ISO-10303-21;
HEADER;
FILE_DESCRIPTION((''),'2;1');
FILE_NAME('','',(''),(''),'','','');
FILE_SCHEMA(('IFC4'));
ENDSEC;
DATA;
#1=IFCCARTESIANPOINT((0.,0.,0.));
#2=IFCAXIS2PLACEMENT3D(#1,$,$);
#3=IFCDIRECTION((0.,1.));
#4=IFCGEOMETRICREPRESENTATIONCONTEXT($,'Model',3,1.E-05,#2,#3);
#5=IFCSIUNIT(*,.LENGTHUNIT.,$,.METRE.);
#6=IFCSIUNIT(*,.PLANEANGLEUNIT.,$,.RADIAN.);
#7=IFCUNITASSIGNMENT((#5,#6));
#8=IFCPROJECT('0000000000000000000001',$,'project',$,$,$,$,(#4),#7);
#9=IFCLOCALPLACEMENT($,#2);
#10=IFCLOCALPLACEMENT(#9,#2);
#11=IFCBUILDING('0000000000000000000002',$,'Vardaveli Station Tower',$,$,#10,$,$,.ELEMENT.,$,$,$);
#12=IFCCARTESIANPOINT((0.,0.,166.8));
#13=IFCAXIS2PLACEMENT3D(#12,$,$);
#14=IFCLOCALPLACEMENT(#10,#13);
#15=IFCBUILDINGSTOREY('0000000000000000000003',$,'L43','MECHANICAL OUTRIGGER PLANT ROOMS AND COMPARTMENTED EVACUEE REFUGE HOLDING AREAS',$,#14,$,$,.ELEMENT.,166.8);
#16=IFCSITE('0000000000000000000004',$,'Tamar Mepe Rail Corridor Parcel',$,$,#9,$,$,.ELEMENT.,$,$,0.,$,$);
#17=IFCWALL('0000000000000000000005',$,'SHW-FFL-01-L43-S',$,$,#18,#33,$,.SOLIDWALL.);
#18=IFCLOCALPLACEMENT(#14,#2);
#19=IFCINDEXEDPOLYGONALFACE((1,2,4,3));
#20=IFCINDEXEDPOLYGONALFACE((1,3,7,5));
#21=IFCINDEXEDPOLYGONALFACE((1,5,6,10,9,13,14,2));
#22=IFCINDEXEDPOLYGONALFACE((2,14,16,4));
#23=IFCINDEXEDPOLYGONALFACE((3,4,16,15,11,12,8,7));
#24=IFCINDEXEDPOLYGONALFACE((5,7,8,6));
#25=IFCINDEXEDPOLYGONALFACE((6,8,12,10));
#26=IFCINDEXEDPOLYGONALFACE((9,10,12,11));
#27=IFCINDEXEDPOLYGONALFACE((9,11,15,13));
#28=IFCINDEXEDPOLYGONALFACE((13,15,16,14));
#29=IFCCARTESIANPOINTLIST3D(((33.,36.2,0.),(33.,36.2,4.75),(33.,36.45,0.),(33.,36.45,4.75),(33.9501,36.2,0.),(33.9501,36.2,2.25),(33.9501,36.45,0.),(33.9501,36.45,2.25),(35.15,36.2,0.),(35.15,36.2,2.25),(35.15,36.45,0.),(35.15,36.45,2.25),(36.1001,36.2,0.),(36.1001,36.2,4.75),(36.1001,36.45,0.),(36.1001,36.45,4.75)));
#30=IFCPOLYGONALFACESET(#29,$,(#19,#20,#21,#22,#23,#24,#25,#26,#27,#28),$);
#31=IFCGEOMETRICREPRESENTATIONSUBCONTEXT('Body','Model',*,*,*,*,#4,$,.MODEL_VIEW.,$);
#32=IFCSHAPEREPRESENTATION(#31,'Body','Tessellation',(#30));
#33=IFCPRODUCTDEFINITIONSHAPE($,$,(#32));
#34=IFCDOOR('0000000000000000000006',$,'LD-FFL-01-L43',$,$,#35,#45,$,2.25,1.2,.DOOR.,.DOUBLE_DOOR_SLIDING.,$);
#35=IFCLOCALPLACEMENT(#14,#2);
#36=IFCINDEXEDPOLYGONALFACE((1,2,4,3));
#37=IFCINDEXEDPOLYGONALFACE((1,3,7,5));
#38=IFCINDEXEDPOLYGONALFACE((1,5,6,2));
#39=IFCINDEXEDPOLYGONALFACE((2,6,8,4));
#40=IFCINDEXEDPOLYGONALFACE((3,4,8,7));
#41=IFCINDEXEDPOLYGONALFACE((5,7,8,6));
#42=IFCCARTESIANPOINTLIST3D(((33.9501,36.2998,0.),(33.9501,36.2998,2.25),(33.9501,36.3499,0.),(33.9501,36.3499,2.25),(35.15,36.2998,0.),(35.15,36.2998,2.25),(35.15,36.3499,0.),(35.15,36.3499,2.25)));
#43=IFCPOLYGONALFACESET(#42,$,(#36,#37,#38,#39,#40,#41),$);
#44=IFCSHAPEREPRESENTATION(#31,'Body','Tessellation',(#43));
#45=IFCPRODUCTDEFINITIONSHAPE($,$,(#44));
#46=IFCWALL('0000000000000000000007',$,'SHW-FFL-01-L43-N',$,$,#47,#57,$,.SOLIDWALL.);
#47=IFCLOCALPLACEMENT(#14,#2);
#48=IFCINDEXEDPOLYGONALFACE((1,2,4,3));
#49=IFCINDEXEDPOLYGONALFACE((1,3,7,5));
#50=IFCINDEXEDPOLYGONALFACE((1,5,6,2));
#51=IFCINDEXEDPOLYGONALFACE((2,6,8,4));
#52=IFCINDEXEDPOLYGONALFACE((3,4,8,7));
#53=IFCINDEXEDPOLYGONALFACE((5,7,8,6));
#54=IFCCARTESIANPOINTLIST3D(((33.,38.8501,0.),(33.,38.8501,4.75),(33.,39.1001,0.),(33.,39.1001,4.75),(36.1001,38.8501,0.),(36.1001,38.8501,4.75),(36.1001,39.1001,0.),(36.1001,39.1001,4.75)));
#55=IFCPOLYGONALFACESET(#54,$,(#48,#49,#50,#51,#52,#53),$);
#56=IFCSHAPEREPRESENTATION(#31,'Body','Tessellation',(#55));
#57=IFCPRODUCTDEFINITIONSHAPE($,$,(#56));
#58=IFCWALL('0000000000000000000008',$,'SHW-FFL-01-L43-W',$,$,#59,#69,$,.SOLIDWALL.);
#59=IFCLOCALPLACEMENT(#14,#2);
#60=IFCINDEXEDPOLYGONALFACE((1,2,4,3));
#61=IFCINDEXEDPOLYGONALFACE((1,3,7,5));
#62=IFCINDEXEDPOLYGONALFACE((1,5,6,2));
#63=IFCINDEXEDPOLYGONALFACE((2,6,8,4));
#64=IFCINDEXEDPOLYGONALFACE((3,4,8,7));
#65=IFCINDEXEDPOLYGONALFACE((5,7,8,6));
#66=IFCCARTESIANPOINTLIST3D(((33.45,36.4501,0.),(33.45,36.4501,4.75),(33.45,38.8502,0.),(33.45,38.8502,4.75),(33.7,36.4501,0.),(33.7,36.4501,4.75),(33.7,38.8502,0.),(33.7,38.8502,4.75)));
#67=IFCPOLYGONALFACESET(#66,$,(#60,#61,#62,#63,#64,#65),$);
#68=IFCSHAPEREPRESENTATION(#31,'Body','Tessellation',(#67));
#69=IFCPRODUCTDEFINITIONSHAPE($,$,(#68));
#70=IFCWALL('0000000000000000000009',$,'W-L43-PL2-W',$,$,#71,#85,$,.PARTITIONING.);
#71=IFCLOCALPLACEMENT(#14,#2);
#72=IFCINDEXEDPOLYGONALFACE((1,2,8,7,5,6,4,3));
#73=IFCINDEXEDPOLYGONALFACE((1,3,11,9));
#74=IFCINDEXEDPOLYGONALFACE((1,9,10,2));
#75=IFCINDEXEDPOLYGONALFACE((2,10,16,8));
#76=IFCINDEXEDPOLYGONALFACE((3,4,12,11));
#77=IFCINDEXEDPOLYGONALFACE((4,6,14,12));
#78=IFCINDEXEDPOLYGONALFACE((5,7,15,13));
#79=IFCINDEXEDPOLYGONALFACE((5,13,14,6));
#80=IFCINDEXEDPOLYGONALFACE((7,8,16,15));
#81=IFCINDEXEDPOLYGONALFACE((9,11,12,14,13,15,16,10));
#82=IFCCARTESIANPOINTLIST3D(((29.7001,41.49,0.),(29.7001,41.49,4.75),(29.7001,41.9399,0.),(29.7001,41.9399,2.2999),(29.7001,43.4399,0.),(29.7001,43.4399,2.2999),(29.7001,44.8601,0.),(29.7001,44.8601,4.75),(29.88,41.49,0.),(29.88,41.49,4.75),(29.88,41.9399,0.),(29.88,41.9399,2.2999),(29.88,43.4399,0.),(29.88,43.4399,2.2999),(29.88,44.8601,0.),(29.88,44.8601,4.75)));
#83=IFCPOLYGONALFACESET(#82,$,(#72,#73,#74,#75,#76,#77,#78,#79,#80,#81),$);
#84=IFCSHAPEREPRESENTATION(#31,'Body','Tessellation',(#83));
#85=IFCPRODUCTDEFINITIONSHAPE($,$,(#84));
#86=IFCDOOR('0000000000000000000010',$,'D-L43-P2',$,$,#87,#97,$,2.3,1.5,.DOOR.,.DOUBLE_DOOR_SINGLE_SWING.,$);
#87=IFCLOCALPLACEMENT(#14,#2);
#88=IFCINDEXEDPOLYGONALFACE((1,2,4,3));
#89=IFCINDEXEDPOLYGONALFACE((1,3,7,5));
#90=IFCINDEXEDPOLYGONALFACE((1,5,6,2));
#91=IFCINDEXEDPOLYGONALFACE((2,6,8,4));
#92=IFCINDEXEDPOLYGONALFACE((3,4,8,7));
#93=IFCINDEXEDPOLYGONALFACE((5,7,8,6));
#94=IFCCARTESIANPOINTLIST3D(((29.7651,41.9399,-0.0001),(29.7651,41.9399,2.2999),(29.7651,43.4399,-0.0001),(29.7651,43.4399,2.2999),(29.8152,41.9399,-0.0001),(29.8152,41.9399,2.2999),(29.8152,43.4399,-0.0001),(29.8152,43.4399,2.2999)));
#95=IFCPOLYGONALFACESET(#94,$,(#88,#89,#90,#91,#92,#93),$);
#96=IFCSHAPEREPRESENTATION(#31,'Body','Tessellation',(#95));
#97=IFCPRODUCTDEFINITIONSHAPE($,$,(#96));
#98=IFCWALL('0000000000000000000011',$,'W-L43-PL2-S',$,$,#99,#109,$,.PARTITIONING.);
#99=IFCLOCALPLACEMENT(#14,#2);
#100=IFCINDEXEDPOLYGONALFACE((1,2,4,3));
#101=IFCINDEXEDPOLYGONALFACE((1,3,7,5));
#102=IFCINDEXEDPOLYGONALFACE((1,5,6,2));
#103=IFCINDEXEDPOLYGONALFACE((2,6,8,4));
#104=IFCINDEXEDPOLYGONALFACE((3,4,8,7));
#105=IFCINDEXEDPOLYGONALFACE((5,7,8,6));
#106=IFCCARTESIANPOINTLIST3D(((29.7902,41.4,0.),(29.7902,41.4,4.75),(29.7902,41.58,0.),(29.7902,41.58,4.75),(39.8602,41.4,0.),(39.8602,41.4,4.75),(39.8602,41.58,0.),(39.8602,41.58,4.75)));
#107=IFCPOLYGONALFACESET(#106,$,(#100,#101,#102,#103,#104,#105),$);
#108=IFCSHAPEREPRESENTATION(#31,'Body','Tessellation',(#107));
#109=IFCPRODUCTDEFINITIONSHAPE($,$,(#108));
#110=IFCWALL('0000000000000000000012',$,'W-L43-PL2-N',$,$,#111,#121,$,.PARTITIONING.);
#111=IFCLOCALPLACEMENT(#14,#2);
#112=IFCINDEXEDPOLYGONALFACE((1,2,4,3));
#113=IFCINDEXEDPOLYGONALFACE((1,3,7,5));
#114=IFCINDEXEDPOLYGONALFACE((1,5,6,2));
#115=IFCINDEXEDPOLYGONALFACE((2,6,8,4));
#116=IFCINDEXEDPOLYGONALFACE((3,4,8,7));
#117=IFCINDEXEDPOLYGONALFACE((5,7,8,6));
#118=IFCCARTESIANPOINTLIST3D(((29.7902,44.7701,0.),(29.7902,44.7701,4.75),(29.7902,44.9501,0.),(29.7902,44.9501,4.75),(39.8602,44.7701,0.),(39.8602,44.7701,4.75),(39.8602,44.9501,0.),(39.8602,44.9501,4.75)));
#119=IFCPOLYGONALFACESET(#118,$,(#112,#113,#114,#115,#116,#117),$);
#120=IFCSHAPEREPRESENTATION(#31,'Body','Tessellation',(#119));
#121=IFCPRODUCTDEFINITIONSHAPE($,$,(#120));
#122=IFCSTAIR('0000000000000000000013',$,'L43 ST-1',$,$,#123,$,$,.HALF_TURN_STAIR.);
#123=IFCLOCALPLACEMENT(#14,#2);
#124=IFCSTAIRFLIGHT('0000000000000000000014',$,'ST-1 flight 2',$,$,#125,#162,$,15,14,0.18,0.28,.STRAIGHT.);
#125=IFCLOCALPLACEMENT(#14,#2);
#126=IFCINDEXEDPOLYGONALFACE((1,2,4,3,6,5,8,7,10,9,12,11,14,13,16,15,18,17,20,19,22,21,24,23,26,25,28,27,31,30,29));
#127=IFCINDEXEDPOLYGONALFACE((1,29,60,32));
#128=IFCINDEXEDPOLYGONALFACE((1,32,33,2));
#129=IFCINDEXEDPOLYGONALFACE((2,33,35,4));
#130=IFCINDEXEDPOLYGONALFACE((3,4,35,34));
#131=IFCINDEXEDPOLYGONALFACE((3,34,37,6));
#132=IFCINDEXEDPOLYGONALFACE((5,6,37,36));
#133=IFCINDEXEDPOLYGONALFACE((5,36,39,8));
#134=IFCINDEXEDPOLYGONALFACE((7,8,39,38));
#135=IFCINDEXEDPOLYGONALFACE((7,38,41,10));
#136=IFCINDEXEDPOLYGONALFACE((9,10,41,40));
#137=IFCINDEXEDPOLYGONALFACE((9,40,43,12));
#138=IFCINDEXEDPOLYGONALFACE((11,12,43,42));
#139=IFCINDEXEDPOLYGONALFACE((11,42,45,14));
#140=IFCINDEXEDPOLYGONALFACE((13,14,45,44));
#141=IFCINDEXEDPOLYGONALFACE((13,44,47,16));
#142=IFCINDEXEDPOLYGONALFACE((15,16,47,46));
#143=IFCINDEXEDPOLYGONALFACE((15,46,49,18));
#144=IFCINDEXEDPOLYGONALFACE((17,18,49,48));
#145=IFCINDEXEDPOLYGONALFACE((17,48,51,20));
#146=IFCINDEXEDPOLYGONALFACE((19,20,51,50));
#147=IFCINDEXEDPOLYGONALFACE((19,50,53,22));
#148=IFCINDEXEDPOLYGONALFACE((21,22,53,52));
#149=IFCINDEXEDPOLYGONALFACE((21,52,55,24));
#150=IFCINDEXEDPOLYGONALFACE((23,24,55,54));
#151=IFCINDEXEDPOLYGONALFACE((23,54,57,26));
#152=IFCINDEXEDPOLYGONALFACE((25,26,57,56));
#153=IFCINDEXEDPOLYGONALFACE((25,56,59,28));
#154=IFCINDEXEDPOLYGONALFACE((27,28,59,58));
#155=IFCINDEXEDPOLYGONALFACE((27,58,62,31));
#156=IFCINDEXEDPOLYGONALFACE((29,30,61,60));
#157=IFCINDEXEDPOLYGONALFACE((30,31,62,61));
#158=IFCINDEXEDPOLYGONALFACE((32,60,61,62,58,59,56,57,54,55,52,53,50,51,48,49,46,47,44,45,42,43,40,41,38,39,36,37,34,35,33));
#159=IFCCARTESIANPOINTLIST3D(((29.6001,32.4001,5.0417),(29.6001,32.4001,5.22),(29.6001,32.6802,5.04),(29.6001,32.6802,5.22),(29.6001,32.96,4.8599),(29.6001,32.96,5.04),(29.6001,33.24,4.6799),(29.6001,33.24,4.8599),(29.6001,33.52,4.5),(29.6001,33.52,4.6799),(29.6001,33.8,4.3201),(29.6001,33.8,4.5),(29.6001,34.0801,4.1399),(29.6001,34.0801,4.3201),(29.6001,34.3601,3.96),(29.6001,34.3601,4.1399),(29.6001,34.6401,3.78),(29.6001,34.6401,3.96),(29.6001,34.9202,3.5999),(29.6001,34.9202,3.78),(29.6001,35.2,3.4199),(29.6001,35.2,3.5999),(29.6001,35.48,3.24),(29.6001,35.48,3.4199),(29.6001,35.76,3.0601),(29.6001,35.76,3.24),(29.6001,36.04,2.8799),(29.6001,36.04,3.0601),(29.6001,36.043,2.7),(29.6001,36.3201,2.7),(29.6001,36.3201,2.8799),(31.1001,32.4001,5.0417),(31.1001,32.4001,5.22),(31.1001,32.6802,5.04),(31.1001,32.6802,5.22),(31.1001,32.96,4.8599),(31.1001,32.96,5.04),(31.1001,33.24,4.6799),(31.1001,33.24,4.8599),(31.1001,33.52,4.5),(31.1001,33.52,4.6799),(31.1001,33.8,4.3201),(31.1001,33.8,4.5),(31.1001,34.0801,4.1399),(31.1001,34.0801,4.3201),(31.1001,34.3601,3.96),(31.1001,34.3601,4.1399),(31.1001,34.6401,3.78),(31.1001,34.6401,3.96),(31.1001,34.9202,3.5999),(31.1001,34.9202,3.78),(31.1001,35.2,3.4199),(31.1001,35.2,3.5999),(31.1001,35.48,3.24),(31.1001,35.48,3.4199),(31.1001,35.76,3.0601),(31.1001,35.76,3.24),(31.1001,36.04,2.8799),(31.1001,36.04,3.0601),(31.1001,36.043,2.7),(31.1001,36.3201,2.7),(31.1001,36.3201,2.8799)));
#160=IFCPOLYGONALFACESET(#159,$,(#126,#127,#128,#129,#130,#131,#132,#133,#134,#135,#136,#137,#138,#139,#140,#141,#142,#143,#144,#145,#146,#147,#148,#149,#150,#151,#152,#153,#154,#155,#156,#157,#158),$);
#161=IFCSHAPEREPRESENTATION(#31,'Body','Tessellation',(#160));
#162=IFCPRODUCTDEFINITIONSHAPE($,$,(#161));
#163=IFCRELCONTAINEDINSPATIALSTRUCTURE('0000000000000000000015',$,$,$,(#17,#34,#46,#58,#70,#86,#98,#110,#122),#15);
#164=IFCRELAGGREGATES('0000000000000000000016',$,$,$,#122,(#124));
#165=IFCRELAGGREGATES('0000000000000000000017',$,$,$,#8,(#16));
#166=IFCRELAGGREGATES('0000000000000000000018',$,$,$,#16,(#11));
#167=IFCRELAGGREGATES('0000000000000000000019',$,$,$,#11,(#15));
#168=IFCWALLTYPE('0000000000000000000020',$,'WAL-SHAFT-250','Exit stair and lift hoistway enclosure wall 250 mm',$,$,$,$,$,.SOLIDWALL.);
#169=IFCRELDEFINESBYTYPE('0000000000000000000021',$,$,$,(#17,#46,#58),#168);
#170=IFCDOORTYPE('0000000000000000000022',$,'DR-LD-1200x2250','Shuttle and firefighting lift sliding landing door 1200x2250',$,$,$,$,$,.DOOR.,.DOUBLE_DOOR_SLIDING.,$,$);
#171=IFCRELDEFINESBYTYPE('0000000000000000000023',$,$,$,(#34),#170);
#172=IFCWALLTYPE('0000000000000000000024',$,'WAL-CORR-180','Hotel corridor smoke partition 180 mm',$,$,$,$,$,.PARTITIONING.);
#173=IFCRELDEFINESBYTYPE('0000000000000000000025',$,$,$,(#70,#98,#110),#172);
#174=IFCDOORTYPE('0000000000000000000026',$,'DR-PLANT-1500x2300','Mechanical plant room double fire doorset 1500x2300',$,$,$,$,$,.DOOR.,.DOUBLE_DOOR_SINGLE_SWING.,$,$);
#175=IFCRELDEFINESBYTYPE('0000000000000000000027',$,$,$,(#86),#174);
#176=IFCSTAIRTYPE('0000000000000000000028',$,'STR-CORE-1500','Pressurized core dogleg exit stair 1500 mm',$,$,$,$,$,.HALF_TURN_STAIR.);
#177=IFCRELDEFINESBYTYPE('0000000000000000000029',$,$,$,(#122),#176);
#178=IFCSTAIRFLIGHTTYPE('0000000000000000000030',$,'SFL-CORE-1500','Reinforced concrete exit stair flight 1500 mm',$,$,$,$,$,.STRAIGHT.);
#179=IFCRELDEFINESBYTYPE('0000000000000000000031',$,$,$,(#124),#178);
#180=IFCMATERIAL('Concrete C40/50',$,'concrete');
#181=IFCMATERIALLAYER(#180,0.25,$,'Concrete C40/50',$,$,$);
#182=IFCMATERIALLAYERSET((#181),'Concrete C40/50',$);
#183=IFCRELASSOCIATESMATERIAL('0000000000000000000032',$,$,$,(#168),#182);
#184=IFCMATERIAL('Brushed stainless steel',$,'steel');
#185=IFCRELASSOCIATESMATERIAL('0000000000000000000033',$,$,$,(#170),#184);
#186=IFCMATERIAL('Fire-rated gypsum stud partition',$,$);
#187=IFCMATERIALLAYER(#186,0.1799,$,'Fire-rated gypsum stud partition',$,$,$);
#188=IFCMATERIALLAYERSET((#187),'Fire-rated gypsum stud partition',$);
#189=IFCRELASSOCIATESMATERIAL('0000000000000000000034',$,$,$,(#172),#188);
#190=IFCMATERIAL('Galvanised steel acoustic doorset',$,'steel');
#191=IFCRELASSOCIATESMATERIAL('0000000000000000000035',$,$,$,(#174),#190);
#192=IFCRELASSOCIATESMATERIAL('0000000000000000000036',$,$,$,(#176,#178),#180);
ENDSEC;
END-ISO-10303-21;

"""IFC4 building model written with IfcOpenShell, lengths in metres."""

from ifc_helpers import new_model, si_unit, direction, frame, frame_2d, origin, place, context, subcontext, project, spatial, polyline, rectangle, outline, extrude, source, transform, mapped, material, layer, layer_set, type_object, element, fill, aggregate, save


model = new_model("IFC4")

# Units and contexts
model_context = context("Model", 3, precision=1e-05, world=origin(), true_north=direction((0.0, 1.0)))
body_context = subcontext(model_context, "Body", "Model", "MODEL_VIEW")
ifc_project = project(units=[si_unit("LENGTHUNIT", "METRE"), si_unit("PLANEANGLEUNIT", "RADIAN")], contexts=[model_context])

# Site, building, storey
site_placement = place(None, origin())
site = spatial("IfcSite", under=ifc_project, at=site_placement, Name="Tamar Mepe Rail Corridor Parcel", CompositionType="ELEMENT", RefElevation=0.0)
building_placement = place(site_placement, origin())
building = spatial("IfcBuilding", under=site, at=building_placement, Name="Vardaveli Station Tower", CompositionType="ELEMENT")
storey_placement = place(building_placement, frame((0.0, 0.0, 166.8)))
storey = spatial("IfcBuildingStorey", under=building, at=storey_placement, Name="L43", Description="MECHANICAL OUTRIGGER PLANT ROOMS AND COMPARTMENTED EVACUEE REFUGE HOLDING AREAS", CompositionType="ELEMENT", Elevation=166.8)

# Shared definitions
ifc_material_1 = material(Name="Concrete C40/50", Category="concrete")
ifc_layer_1 = layer(ifc_material_1, 0.25, Name="Concrete C40/50")
ifc_layer_set_1 = layer_set([ifc_layer_1], Name="Concrete C40/50")
wall_type_1 = type_object("IfcWallType", Name="WAL-SHAFT-250", Description="Exit stair and lift hoistway enclosure wall 250 mm", PredefinedType="SOLIDWALL", material=ifc_layer_set_1)

# Wall, opening, door
shared_shape_1 = source(origin(), body_context, "Body", "SweptSolid", [
    extrude(rectangle(XDim=3.1001, YDim=0.25, at=frame_2d((1.55, 0.0))), origin(), (0.0, 0.0, 1.0), 4.75),
])
wall_1_placement = place(storey_placement, frame((33.0, 36.325, 0.0), z_axis=(0.0, 0.0, 1.0), x_axis=(1.0, 0.0, 0.0)))
wall_1 = element("IfcWall", 1, at=wall_1_placement, inside=storey, type_object=wall_type_1, Name="SHW-FFL-01-L43-S", PredefinedType="SOLIDWALL", context=body_context, shape_type="MappedRepresentation", body=[
    mapped(shared_shape_1, transform((0.0, 0.0, 0.0), scale=1.0)),
])
shared_shape_2 = source(origin(), body_context, "Body", "SweptSolid", [
    extrude(rectangle(XDim=1.2, YDim=2.25, at=frame_2d((0.6001, 1.125))), frame((0.0, 0.135, 0.0), z_axis=(0.0, -1.0, 0.0), x_axis=(1.0, 0.0, 0.0)), (0.0, 0.0, 1.0), 0.27),
])
opening_1_placement = place(wall_1_placement, frame((0.95, 0.0, 0.0)))
opening_1 = element("IfcOpeningElement", 2, at=opening_1_placement, cuts=wall_1, PredefinedType="OPENING", context=body_context, shape_type="MappedRepresentation", body=[
    mapped(shared_shape_2, transform((0.0, 0.0, 0.0), scale=1.0)),
])
ifc_material_2 = material(Name="Brushed stainless steel", Category="steel")
door_type_1 = type_object("IfcDoorType", Name="DR-LD-1200x2250", Description="Shuttle and firefighting lift sliding landing door 1200x2250", OperationType="DOUBLE_DOOR_SLIDING", PredefinedType="DOOR", material=ifc_material_2)
shared_shape_3 = source(origin(), body_context, "Body", "SweptSolid", [
    extrude(rectangle(XDim=1.2, YDim=2.25, at=frame_2d((0.6001, 1.125))), frame((0.0, 0.0249, 0.0), z_axis=(0.0, -1.0, 0.0), x_axis=(1.0, 0.0, 0.0)), (0.0, 0.0, 1.0), 0.05),
])
door_1_placement = place(opening_1_placement, origin())
door_1 = element("IfcDoor", 3, at=door_1_placement, inside=storey, type_object=door_type_1, Name="LD-FFL-01-L43", OperationType="DOUBLE_DOOR_SLIDING", OverallHeight=2.25, OverallWidth=1.2, PredefinedType="DOOR", context=body_context, shape_type="MappedRepresentation", body=[
    mapped(shared_shape_3, transform((0.0, 0.0, 0.0), scale=1.0)),
])
fill(opening_1, door_1)

# Walls
wall_2_placement = place(storey_placement, frame((33.0, 38.9751, 0.0), z_axis=(0.0, 0.0, 1.0), x_axis=(1.0, 0.0, 0.0)))
element("IfcWall", 4, at=wall_2_placement, inside=storey, type_object=wall_type_1, Name="SHW-FFL-01-L43-N", PredefinedType="SOLIDWALL", context=body_context, shape_type="MappedRepresentation", body=[
    mapped(shared_shape_1, transform((0.0, 0.0, 0.0), scale=1.0)),
])
shared_shape_4 = source(origin(), body_context, "Body", "SweptSolid", [
    extrude(rectangle(XDim=2.4001, YDim=0.25, at=frame_2d((1.2002, 0.0))), origin(), (0.0, 0.0, 1.0), 4.75),
])
wall_3_placement = place(storey_placement, frame((33.575, 36.45, 0.0), z_axis=(0.0, 0.0, 1.0), x_axis=(0.0, 1.0, 0.0)))
element("IfcWall", 5, at=wall_3_placement, inside=storey, type_object=wall_type_1, Name="SHW-FFL-01-L43-W", PredefinedType="SOLIDWALL", context=body_context, shape_type="MappedRepresentation", body=[
    mapped(shared_shape_4, transform((0.0, 0.0, 0.0), scale=1.0)),
])

# Wall, opening, door
ifc_material_3 = material(Name="Fire-rated gypsum stud partition")
ifc_layer_2 = layer(ifc_material_3, 0.1799, Name="Fire-rated gypsum stud partition")
ifc_layer_set_2 = layer_set([ifc_layer_2], Name="Fire-rated gypsum stud partition")
wall_type_2 = type_object("IfcWallType", Name="WAL-CORR-180", Description="Hotel corridor smoke partition 180 mm", PredefinedType="PARTITIONING", material=ifc_layer_set_2)
shared_shape_5 = source(origin(), body_context, "Body", "SweptSolid", [
    extrude(rectangle(XDim=3.3701, YDim=0.1799, at=frame_2d((1.6851, 0.0))), origin(), (0.0, 0.0, 1.0), 4.75),
])
wall_4_placement = place(storey_placement, frame((29.79, 41.49, 0.0), z_axis=(0.0, 0.0, 1.0), x_axis=(0.0, 1.0, 0.0)))
wall_4 = element("IfcWall", 6, at=wall_4_placement, inside=storey, type_object=wall_type_2, Name="W-L43-PL2-W", PredefinedType="PARTITIONING", context=body_context, shape_type="MappedRepresentation", body=[
    mapped(shared_shape_5, transform((0.0, 0.0, 0.0), scale=1.0)),
])
shared_shape_6 = source(origin(), body_context, "Body", "SweptSolid", [
    extrude(rectangle(XDim=1.5, YDim=2.3, at=frame_2d((0.75, 1.1499))), frame((0.0, 0.1001, 0.0), z_axis=(0.0, -1.0, 0.0), x_axis=(1.0, 0.0, 0.0)), (0.0, 0.0, 1.0), 0.2),
])
opening_2_placement = place(wall_4_placement, frame((0.45, 0.0, 0.0)))
opening_2 = element("IfcOpeningElement", 7, at=opening_2_placement, cuts=wall_4, PredefinedType="OPENING", context=body_context, shape_type="MappedRepresentation", body=[
    mapped(shared_shape_6, transform((0.0, 0.0, 0.0), scale=1.0)),
])
ifc_material_4 = material(Name="Galvanised steel acoustic doorset", Category="steel")
door_type_2 = type_object("IfcDoorType", Name="DR-PLANT-1500x2300", Description="Mechanical plant room double fire doorset 1500x2300", OperationType="DOUBLE_DOOR_SINGLE_SWING", PredefinedType="DOOR", material=ifc_material_4)
shared_shape_7 = source(origin(), body_context, "Body", "SweptSolid", [
    extrude(rectangle(XDim=1.5, YDim=2.3, at=frame_2d((0.75, 1.1499))), frame((0.0, 0.0249, 0.0), z_axis=(0.0, -1.0, 0.0), x_axis=(1.0, 0.0, 0.0)), (0.0, 0.0, 1.0), 0.05),
])
door_2_placement = place(opening_2_placement, origin())
door_2 = element("IfcDoor", 8, at=door_2_placement, inside=storey, type_object=door_type_2, Name="D-L43-P2", OperationType="DOUBLE_DOOR_SINGLE_SWING", OverallHeight=2.3, OverallWidth=1.5, PredefinedType="DOOR", context=body_context, shape_type="MappedRepresentation", body=[
    mapped(shared_shape_7, transform((0.0, 0.0, 0.0), scale=1.0)),
])
fill(opening_2, door_2)

# Walls
shared_shape_8 = source(origin(), body_context, "Body", "SweptSolid", [
    extrude(rectangle(XDim=10.0701, YDim=0.1799, at=frame_2d((5.0352, 0.0))), origin(), (0.0, 0.0, 1.0), 4.75),
])
for number, where, z_axis, x_axis, name in (
    (9, (29.79, 41.49, 0.0), (0.0, 0.0, 1.0), (1.0, 0.0, 0.0), "W-L43-PL2-S"),
    (10, (29.79, 44.8601, 0.0), (0.0, 0.0, 1.0), (1.0, 0.0, 0.0), "W-L43-PL2-N"),
):
    element("IfcWall", number, at=place(storey_placement, frame(where, z_axis=z_axis, x_axis=x_axis)), inside=storey, type_object=wall_type_2, Name=name, PredefinedType="PARTITIONING", context=body_context, shape_type="MappedRepresentation", body=[
        mapped(shared_shape_8, transform((0.0, 0.0, 0.0), scale=1.0)),
    ])

# Stair, stair flight
stair_type = type_object("IfcStairType", Name="STR-CORE-1500", Description="Pressurized core dogleg exit stair 1500 mm", PredefinedType="HALF_TURN_STAIR", material=ifc_material_1)
stair_placement = place(storey_placement, origin())
stair = element("IfcStair", 11, at=stair_placement, inside=storey, type_object=stair_type, Name="L43 ST-1", PredefinedType="HALF_TURN_STAIR")
stair_flight_type = type_object("IfcStairFlightType", Name="SFL-CORE-1500", Description="Reinforced concrete exit stair flight 1500 mm", PredefinedType="STRAIGHT", material=ifc_material_1)
shared_shape_9 = source(origin(), body_context, "Body", "SweptSolid", [
    extrude(outline(polyline([(0.0, 0.0), (0.0, 0.1799), (0.28, 0.1799), (0.28, 0.3601), (0.5601, 0.3601), (0.5601, 0.54), (0.8401, 0.54), (0.8401, 0.72), (1.1201, 0.72), (1.1201, 0.8999), (1.3999, 0.8999), (1.3999, 1.0801), (1.6799, 1.0801), (1.6799, 1.26), (1.96, 1.26), (1.96, 1.4399), (2.24, 1.4399), (2.24, 1.6201), (2.52, 1.6201), (2.52, 1.8), (2.8, 1.8), (2.8, 1.98), (3.0801, 1.98), (3.0801, 2.1599), (3.3601, 2.1599), (3.3601, 2.3401), (3.6399, 2.3401), (3.6399, 2.52), (3.9199, 2.52), (3.9199, 2.7), (3.9199, 2.3418), (0.2771, 0.0), (0.0, 0.0)])), frame((0.0, 0.75, 0.0), z_axis=(0.0, -1.0, 0.0), x_axis=(1.0, 0.0, 0.0)), (0.0, 0.0, 1.0), 1.5),
])
stair_flight_placement = place(storey_placement, frame((30.3501, 36.3201, 2.7), z_axis=(0.0, 0.0, 1.0), x_axis=(0.0, -1.0, 0.0)))
stair_flight = element("IfcStairFlight", 12, at=stair_flight_placement, type_object=stair_flight_type, Name="ST-1 flight 2", NumberOfRisers=15, NumberOfTreads=14, PredefinedType="STRAIGHT", RiserHeight=0.18, TreadLength=0.28, context=body_context, shape_type="MappedRepresentation", body=[
    mapped(shared_shape_9, transform((0.0, 0.0, 0.0), scale=1.0)),
])
aggregate(stair, [stair_flight])

save(model, "model.ifc")
